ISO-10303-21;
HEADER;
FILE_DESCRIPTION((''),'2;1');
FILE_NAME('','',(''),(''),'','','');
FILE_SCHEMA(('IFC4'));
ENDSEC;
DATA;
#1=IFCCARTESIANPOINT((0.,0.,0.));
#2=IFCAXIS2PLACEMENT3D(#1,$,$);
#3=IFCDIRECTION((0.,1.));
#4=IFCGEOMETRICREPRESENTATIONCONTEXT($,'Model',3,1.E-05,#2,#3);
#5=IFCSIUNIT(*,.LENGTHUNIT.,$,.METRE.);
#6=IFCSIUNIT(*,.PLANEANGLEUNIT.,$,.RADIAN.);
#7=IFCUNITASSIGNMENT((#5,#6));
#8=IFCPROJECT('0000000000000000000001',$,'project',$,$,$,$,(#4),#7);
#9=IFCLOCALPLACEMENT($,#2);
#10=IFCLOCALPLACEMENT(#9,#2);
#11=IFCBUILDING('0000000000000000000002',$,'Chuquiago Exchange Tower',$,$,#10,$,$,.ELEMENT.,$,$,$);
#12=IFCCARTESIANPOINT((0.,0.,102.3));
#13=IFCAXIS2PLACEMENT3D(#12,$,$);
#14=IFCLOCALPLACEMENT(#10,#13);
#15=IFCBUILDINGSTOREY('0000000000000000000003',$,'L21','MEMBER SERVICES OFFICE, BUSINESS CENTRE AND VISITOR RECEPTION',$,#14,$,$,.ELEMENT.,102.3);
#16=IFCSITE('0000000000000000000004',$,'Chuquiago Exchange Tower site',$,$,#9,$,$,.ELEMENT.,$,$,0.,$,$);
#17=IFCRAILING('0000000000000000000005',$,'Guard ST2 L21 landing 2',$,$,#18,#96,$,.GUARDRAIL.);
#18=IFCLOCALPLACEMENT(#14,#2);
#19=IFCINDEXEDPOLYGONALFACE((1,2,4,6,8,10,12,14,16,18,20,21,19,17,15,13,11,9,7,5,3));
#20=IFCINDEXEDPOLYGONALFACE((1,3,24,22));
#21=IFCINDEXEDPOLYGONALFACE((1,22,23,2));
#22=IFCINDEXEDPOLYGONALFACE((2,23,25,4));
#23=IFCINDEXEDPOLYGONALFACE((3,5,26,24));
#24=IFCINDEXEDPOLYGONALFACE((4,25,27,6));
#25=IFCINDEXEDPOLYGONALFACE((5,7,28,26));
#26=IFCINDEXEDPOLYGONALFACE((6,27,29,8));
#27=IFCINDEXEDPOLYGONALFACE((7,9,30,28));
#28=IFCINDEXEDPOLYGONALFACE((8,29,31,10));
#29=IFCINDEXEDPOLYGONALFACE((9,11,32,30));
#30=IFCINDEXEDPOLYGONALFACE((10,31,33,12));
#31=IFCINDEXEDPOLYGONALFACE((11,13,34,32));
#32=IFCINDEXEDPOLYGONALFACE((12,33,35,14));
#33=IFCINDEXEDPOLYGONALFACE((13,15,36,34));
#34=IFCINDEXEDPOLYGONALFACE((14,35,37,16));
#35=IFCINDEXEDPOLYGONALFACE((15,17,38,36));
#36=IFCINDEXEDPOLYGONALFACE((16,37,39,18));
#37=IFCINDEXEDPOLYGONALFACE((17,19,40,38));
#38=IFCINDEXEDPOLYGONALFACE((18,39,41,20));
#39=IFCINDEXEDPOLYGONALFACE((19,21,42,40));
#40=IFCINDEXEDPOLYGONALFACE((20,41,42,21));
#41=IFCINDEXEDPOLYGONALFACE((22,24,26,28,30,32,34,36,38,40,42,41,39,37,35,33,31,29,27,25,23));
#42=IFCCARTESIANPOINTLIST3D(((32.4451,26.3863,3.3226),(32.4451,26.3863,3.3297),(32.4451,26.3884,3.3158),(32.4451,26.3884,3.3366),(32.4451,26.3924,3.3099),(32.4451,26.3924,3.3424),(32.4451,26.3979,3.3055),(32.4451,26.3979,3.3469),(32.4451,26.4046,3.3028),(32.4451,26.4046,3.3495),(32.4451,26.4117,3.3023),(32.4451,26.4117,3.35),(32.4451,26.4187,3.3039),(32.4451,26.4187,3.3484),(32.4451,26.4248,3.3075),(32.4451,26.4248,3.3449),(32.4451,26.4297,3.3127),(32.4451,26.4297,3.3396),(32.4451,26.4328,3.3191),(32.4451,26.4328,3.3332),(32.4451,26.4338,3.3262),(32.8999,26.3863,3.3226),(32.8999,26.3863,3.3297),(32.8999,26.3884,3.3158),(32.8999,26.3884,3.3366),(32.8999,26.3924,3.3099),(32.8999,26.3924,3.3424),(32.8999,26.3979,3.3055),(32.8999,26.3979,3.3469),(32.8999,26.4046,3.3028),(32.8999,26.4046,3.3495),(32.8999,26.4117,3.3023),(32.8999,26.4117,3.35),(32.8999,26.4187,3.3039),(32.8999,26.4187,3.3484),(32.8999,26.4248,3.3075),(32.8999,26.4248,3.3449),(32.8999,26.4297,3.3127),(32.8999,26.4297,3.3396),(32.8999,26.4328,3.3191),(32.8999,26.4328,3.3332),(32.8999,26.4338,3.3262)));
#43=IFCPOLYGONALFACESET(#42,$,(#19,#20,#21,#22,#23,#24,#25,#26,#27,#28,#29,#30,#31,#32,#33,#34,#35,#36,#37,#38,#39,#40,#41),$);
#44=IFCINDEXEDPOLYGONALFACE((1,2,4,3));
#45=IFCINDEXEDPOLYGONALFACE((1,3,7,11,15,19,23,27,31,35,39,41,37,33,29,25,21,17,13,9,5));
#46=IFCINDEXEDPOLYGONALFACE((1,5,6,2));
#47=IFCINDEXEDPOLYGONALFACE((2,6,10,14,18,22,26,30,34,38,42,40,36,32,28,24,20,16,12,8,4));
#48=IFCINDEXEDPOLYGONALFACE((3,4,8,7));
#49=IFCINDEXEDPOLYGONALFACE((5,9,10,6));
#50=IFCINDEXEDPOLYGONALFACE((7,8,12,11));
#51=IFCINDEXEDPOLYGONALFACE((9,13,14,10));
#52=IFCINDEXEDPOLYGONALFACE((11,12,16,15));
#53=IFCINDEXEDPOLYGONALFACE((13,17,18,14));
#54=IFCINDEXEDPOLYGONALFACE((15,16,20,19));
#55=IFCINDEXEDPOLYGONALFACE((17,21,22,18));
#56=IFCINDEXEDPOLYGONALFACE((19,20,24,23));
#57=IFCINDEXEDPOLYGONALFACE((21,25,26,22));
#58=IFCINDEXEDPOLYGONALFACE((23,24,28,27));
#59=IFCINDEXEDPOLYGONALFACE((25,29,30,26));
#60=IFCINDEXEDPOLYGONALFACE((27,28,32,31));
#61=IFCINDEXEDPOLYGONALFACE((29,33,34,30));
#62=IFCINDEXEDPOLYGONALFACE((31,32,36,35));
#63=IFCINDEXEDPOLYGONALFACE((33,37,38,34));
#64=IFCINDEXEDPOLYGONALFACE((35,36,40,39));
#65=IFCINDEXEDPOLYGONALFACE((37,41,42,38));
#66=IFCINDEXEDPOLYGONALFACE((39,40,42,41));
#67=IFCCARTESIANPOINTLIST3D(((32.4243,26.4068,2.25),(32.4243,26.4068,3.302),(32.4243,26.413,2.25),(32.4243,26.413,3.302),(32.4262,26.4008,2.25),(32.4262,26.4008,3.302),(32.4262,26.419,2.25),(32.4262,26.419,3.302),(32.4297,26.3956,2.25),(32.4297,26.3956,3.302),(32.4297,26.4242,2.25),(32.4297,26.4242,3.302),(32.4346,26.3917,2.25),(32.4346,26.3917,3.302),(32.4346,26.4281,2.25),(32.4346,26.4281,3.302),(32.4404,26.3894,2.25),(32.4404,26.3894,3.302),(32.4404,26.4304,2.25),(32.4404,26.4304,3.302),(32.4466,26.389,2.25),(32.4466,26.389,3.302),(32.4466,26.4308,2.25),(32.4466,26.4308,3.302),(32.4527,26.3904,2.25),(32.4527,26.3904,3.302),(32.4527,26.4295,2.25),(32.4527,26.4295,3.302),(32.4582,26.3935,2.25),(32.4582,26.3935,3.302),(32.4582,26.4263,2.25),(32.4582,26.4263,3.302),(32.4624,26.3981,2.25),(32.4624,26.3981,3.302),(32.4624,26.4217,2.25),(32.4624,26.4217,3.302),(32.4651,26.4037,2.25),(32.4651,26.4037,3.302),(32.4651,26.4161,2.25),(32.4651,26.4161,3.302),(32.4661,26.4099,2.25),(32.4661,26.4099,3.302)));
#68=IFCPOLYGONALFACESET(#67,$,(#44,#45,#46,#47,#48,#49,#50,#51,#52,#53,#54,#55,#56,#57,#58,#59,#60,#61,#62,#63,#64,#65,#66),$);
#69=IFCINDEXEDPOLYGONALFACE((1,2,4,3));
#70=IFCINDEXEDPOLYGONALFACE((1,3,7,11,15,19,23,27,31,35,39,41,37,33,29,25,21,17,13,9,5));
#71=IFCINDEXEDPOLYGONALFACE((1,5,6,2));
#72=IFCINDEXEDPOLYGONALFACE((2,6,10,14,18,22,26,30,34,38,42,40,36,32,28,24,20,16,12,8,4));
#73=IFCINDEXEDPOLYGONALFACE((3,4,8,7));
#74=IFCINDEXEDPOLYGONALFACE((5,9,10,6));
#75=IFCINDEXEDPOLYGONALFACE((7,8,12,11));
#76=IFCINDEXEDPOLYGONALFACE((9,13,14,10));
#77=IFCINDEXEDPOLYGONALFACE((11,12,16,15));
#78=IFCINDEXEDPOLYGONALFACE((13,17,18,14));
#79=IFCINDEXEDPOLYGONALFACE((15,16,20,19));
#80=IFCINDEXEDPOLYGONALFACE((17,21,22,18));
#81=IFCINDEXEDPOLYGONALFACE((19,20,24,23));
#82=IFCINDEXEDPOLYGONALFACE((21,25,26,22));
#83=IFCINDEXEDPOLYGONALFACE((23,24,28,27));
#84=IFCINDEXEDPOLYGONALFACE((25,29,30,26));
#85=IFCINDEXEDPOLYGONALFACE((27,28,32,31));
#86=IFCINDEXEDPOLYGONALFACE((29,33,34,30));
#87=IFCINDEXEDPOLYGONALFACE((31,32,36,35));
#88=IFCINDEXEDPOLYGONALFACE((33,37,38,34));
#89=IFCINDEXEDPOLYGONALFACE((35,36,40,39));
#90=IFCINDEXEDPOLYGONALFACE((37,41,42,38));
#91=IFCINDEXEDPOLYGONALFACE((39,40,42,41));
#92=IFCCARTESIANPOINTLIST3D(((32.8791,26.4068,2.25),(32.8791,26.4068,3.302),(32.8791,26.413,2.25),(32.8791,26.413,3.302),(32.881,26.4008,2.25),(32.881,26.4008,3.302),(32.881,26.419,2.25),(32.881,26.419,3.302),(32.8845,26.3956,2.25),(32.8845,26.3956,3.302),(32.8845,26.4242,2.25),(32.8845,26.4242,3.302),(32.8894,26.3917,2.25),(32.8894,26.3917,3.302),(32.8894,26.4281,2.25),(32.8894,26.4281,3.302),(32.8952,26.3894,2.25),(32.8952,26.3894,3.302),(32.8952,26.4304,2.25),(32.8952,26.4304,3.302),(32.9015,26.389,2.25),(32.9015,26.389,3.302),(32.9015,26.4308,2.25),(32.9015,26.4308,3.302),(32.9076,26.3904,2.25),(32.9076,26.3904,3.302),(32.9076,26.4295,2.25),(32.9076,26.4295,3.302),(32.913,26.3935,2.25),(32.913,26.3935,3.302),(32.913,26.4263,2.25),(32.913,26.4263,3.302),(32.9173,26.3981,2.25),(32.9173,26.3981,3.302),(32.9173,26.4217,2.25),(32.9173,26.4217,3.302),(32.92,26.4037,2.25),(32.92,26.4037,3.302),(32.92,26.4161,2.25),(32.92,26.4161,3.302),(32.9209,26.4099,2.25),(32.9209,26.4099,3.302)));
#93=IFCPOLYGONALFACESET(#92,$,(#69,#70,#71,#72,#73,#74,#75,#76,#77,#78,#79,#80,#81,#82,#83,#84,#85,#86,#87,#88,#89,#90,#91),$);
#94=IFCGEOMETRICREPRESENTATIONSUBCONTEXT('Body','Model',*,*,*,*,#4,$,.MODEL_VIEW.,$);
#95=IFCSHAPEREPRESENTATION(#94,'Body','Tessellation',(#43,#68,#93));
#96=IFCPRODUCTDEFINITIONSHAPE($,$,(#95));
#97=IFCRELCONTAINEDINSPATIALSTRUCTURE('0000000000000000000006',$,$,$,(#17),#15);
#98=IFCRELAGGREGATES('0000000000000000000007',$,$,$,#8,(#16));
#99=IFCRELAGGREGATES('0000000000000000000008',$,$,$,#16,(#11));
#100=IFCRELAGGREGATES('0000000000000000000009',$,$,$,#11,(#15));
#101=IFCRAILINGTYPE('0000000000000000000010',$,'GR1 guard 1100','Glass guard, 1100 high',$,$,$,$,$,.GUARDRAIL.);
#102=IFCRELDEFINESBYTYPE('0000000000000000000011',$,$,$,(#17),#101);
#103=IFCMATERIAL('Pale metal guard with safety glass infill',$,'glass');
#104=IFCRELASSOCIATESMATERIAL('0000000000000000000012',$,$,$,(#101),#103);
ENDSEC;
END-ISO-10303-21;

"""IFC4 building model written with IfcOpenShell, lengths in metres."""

from ifc_helpers import new_model, si_unit, direction, frame, origin, origin_2d, place, context, subcontext, project, spatial, circle, extrude, material, type_object, element, save


model = new_model("IFC4")

# Units and contexts
model_context = context("Model", 3, precision=1e-05, world=origin(), true_north=direction((0.0, 1.0)))
body_context = subcontext(model_context, "Body", "Model", "MODEL_VIEW")
ifc_project = project(units=[si_unit("LENGTHUNIT", "METRE"), si_unit("PLANEANGLEUNIT", "RADIAN")], contexts=[model_context])

# Site, building, storey
site_placement = place(None, origin())
site = spatial("IfcSite", under=ifc_project, at=site_placement, Name="Chuquiago Exchange Tower site", CompositionType="ELEMENT", RefElevation=0.0)
building_placement = place(site_placement, origin())
building = spatial("IfcBuilding", under=site, at=building_placement, Name="Chuquiago Exchange Tower", CompositionType="ELEMENT")
storey_placement = place(building_placement, frame((0.0, 0.0, 102.3)))
storey = spatial("IfcBuildingStorey", under=building, at=storey_placement, Name="L21", Description="MEMBER SERVICES OFFICE, BUSINESS CENTRE AND VISITOR RECEPTION", CompositionType="ELEMENT", Elevation=102.3)

# Railing
ifc_material_1 = material(Name="Pale metal guard with safety glass infill", Category="glass")
railing_type_1 = type_object("IfcRailingType", Name="GR1 guard 1100", Description="Glass guard, 1100 high", PredefinedType="GUARDRAIL", material=ifc_material_1)
railing_1_placement = place(storey_placement, frame((32.4451, 26.4099, 2.25)))
element("IfcRailing", 1, at=railing_1_placement, inside=storey, type_object=railing_type_1, Name="Guard ST2 L21 landing 2", PredefinedType="GUARDRAIL", context=body_context, shape_type="SweptSolid", body=[
    extrude(circle(Radius=0.0239, at=origin_2d()), frame((0.0, 0.0, 1.0762), z_axis=(1.0, 0.0, 0.0), x_axis=(0.0, 1.0, 0.0)), (0.0, 0.0, 1.0), 0.4548),
    extrude(circle(Radius=0.021, at=origin_2d()), origin(), (0.0, 0.0, 1.0), 1.052),
    extrude(circle(Radius=0.021, at=origin_2d()), frame((0.4548, 0.0, 0.0)), (0.0, 0.0, 1.0), 1.052),
])

save(model, "model.ifc")
